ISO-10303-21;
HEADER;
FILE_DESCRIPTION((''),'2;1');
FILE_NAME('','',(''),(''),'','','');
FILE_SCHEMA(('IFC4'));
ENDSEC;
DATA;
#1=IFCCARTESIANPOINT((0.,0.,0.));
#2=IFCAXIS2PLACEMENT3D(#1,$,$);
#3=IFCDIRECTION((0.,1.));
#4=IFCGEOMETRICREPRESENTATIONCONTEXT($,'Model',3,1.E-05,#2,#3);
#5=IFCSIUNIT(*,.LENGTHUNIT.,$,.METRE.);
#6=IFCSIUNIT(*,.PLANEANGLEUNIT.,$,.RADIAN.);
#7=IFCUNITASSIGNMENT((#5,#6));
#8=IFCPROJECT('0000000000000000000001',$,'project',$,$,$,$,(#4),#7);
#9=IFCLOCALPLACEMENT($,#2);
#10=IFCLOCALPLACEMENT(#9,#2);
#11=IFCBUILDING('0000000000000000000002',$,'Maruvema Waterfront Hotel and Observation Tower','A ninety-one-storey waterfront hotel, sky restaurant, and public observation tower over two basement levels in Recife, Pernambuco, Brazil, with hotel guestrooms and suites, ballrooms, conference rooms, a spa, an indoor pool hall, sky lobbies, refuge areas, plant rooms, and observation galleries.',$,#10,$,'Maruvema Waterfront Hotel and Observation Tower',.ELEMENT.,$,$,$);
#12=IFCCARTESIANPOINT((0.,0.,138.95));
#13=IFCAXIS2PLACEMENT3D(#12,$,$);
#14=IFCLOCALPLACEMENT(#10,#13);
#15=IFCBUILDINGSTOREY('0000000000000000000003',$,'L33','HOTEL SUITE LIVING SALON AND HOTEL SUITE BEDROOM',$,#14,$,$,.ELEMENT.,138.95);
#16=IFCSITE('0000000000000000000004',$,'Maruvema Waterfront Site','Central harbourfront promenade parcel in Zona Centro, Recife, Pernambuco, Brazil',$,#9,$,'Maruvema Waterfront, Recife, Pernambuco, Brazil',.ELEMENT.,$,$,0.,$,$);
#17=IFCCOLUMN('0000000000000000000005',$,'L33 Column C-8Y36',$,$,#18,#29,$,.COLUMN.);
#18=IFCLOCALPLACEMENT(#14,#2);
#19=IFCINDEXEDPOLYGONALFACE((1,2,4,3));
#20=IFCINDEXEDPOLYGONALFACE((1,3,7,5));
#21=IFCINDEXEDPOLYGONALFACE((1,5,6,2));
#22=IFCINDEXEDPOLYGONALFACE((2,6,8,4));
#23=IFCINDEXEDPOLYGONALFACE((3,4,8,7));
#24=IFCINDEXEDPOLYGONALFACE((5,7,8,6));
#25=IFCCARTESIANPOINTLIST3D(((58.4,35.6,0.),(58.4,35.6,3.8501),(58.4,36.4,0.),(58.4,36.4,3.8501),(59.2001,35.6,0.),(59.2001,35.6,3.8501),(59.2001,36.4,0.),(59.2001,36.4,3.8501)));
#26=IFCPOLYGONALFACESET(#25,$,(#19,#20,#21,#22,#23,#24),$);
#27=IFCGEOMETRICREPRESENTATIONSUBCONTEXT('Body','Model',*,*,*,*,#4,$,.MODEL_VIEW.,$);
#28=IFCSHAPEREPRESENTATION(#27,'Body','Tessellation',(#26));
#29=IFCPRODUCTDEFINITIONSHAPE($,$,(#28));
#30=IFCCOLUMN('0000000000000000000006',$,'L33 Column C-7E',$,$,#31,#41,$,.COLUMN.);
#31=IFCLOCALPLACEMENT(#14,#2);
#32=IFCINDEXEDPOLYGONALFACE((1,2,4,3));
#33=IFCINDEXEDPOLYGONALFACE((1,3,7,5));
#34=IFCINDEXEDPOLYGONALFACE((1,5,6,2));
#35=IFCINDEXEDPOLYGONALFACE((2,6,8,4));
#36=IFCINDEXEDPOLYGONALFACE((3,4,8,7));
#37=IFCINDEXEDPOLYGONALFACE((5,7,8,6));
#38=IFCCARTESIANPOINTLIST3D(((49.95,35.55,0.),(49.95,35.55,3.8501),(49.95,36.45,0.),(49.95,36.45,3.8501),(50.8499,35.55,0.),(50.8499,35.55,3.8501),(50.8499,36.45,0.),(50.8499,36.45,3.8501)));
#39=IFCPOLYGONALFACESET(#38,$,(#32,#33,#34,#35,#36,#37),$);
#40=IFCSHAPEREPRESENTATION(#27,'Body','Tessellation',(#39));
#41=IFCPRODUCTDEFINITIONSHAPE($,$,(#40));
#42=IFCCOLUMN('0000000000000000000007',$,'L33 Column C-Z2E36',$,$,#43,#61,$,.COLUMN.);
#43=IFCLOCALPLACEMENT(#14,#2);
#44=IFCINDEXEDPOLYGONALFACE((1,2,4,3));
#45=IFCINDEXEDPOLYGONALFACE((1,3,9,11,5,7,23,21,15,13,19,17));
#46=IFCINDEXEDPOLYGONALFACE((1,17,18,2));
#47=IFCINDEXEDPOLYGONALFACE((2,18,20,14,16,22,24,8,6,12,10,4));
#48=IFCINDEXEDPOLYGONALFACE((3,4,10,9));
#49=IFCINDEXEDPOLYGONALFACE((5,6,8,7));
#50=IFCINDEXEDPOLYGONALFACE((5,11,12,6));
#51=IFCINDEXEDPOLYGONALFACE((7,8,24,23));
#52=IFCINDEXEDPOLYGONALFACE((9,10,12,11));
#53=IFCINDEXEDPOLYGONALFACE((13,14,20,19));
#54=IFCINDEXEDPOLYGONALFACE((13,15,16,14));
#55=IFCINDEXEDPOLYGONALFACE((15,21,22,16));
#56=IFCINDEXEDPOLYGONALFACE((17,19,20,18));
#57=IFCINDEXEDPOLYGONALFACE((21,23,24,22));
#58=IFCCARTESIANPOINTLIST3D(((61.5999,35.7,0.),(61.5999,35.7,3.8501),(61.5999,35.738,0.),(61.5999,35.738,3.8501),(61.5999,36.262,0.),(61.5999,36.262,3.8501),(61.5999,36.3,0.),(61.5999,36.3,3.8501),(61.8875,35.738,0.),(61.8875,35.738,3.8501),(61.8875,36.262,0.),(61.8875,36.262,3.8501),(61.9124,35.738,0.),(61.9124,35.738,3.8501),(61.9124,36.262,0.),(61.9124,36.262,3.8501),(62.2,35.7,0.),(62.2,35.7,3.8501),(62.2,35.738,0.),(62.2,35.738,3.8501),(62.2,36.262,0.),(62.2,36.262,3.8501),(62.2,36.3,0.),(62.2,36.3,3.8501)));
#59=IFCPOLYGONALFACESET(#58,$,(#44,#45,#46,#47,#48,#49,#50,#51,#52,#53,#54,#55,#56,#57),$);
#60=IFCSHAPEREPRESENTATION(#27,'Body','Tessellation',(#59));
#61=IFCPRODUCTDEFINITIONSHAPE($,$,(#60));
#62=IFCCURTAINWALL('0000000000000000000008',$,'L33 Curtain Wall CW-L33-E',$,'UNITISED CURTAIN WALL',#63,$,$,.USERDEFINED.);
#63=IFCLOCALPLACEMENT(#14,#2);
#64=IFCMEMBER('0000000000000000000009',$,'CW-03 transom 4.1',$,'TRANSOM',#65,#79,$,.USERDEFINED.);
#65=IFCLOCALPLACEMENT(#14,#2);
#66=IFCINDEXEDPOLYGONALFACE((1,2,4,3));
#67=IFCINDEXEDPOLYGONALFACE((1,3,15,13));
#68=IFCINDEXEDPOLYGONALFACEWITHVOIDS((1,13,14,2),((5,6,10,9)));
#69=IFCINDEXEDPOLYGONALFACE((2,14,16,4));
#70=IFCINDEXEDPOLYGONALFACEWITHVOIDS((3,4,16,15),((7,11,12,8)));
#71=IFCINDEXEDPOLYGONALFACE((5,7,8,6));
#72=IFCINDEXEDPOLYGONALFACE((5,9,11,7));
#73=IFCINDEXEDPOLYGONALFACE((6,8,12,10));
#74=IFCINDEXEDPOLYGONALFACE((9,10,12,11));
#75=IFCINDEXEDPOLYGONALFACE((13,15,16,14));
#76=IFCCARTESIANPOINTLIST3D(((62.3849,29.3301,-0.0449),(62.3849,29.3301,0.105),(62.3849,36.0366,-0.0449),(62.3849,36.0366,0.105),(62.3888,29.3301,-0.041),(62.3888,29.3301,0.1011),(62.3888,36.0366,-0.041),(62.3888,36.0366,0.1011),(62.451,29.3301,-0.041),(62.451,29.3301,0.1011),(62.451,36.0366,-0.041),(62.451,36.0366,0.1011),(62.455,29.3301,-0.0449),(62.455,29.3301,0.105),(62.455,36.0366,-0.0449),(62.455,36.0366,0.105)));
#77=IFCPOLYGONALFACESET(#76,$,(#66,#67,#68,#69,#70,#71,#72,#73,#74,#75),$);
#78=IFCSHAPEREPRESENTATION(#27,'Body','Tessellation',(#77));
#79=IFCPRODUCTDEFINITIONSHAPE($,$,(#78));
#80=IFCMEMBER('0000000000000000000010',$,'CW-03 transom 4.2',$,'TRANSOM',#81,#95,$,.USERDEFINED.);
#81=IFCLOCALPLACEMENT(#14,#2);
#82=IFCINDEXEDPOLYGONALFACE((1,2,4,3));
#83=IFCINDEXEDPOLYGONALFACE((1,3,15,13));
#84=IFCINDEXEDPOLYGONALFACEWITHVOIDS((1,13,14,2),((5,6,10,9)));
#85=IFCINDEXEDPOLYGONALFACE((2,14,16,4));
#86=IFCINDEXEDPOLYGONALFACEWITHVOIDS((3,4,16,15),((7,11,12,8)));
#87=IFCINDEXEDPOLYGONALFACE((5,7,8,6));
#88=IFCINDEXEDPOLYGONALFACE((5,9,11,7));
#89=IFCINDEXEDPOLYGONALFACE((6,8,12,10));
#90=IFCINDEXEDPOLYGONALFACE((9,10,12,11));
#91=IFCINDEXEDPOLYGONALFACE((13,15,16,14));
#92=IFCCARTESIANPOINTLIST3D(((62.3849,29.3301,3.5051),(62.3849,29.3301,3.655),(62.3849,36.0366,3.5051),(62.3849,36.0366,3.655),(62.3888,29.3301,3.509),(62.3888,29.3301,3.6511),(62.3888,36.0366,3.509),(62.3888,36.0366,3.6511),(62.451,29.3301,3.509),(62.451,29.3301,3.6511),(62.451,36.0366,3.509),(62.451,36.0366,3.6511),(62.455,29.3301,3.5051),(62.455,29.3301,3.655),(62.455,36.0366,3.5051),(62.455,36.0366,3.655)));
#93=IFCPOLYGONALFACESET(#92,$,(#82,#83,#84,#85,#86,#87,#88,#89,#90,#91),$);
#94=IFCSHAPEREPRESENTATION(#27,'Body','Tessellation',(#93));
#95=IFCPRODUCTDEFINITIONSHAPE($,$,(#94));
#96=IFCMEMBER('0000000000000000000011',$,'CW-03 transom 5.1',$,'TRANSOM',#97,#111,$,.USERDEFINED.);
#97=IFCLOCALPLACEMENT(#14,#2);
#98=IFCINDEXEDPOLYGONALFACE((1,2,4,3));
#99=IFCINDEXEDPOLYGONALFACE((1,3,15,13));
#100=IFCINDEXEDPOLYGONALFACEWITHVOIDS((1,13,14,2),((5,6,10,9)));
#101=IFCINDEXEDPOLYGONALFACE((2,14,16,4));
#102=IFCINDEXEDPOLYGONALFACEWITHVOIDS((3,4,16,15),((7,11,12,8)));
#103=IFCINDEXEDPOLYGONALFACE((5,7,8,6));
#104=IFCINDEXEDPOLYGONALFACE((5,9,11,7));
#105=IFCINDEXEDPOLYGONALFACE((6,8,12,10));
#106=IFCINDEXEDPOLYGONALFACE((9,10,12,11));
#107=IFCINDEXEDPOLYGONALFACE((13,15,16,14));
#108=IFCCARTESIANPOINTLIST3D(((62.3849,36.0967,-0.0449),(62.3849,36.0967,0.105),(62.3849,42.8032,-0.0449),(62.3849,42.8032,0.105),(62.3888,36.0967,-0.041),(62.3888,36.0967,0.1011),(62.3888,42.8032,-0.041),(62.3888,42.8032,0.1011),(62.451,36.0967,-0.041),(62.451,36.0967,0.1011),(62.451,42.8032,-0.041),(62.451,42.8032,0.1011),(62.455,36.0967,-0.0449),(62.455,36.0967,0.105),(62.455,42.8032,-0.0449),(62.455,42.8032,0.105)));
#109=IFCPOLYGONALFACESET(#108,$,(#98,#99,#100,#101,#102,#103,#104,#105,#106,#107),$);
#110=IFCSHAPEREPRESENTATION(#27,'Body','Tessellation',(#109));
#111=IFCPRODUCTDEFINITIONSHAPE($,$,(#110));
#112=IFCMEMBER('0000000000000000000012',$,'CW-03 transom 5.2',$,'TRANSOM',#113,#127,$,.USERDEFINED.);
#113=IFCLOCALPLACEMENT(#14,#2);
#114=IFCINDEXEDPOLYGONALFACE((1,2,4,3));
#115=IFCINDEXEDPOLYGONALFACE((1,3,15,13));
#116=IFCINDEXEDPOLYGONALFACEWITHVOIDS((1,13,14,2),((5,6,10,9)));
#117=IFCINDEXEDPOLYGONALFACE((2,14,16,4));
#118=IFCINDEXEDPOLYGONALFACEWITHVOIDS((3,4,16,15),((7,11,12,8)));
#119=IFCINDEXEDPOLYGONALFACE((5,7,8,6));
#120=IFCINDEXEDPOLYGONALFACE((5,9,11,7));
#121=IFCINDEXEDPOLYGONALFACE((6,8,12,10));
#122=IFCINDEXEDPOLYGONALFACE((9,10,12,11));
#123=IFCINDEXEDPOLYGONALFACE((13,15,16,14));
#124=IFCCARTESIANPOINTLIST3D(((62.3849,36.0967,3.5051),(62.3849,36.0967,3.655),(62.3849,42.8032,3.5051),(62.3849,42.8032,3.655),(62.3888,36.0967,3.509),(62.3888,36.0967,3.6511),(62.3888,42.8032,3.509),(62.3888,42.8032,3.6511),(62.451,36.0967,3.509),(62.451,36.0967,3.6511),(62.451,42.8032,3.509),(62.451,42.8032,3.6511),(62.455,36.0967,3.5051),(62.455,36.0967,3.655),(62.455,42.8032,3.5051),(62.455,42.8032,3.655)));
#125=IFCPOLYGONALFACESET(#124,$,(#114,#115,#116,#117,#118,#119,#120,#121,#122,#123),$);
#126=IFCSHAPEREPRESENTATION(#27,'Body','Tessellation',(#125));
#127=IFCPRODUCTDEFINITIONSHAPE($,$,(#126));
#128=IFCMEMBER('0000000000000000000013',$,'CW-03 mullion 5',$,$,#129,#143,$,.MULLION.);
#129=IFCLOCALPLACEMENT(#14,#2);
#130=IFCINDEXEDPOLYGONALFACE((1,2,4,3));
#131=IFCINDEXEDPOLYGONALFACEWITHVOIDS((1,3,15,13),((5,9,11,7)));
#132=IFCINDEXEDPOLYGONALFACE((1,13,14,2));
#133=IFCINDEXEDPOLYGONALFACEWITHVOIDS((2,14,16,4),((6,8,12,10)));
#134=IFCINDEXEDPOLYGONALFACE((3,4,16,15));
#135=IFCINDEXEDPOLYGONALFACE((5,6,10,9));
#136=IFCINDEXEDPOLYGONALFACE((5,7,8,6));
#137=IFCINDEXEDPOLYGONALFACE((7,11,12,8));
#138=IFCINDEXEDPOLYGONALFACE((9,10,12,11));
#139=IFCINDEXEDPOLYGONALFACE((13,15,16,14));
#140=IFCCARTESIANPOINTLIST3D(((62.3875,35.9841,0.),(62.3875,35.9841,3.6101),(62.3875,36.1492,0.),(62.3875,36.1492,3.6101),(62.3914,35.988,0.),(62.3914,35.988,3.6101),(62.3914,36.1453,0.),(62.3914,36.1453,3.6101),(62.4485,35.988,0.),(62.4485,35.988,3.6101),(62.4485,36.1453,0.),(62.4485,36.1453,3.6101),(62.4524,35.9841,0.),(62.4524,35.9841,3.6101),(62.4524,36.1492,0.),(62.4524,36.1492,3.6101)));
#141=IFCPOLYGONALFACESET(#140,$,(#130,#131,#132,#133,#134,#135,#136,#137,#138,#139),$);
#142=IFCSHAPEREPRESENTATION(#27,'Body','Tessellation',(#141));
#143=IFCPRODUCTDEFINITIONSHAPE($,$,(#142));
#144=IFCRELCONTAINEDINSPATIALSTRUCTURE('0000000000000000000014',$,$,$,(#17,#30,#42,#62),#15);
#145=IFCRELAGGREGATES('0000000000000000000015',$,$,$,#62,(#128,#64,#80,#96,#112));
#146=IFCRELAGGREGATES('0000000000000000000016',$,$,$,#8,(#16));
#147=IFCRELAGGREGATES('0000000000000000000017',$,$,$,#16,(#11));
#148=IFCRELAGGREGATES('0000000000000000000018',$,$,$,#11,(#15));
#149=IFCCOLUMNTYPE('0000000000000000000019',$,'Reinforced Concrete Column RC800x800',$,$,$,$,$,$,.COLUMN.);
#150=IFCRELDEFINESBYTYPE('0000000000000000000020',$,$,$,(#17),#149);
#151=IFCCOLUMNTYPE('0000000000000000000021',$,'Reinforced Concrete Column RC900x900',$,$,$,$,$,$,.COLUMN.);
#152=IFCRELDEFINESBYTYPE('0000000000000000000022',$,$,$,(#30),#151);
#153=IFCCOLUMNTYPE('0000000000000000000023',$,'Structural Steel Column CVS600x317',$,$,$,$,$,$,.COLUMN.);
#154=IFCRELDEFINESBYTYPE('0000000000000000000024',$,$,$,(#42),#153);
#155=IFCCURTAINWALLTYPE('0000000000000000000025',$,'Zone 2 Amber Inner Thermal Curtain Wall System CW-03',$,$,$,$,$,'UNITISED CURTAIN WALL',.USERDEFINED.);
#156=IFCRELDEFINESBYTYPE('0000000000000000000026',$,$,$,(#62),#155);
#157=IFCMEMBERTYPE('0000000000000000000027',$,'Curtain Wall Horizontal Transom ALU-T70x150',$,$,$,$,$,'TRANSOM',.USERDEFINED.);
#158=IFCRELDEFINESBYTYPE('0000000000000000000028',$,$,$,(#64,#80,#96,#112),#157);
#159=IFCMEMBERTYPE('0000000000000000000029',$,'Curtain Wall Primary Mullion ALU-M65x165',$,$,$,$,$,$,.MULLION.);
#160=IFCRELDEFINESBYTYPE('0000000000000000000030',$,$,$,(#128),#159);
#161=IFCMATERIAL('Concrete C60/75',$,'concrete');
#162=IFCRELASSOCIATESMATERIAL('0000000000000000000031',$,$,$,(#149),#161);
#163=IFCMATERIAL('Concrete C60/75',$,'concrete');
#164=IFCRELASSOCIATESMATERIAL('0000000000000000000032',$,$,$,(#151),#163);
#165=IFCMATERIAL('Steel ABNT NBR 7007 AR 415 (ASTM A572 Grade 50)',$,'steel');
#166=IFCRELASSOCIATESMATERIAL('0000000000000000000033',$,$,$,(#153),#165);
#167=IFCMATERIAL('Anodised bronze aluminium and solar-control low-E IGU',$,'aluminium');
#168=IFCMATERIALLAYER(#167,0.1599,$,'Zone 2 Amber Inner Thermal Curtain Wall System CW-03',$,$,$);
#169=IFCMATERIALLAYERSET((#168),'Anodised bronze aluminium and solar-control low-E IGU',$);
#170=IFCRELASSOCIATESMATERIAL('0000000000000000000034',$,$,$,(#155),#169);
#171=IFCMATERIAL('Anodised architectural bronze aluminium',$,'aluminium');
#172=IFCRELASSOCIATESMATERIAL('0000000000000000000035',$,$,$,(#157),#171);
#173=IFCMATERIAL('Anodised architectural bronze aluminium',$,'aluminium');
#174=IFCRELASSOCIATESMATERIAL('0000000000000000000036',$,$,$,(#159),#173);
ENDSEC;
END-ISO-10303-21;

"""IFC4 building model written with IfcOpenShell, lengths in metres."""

from ifc_helpers import new_model, si_unit, direction, frame, origin, origin_2d, place, context, subcontext, project, spatial, rectangle, hollow_rectangle, i_section, extrude, material, layer, layer_set, material_profile, profile_set, type_object, element, aggregate, save


model = new_model("IFC4")

# Units and contexts
model_context = context("Model", 3, precision=1e-05, world=origin(), true_north=direction((0.0, 1.0)))
body_context = subcontext(model_context, "Body", "Model", "MODEL_VIEW")
ifc_project = project(units=[si_unit("LENGTHUNIT", "METRE"), si_unit("PLANEANGLEUNIT", "RADIAN")], contexts=[model_context])

# Site, building, storey
site_placement = place(None, origin())
site = spatial("IfcSite", under=ifc_project, at=site_placement, Name="Maruvema Waterfront Site", Description="Central harbourfront promenade parcel in Zona Centro, Recife, Pernambuco, Brazil", LongName="Maruvema Waterfront, Recife, Pernambuco, Brazil", CompositionType="ELEMENT", RefElevation=0.0)
building_placement = place(site_placement, origin())
building = spatial("IfcBuilding", under=site, at=building_placement, Name="Maruvema Waterfront Hotel and Observation Tower", Description="A ninety-one-storey waterfront hotel, sky restaurant, and public observation tower over two basement levels in Recife, Pernambuco, Brazil, with hotel guestrooms and suites, ballrooms, conference rooms, a spa, an indoor pool hall, sky lobbies, refuge areas, plant rooms, and observation galleries.", LongName="Maruvema Waterfront Hotel and Observation Tower", CompositionType="ELEMENT")
storey_placement = place(building_placement, frame((0.0, 0.0, 138.95)))
storey = spatial("IfcBuildingStorey", under=building, at=storey_placement, Name="L33", Description="HOTEL SUITE LIVING SALON AND HOTEL SUITE BEDROOM", CompositionType="ELEMENT", Elevation=138.95)

# Columns
ifc_material_1 = material(Name="Concrete C60/75", Category="concrete")
ifc_material_profile_1 = material_profile(ifc_material_1, rectangle(XDim=0.8, YDim=0.8, at=origin_2d()), Name="RC800x800")
ifc_profile_set_1 = profile_set([ifc_material_profile_1], Name="Concrete C60/75")
column_type_1 = type_object("IfcColumnType", Name="Reinforced Concrete Column RC800x800", PredefinedType="COLUMN", material=ifc_profile_set_1)
column_1_placement = place(storey_placement, frame((58.8, 36.0, 0.0), z_axis=(0.0, 0.0, 1.0), x_axis=(1.0, 0.0, 0.0)))
element("IfcColumn", 1, at=column_1_placement, inside=storey, type_object=column_type_1, Name="L33 Column C-8Y36", PredefinedType="COLUMN", context=body_context, shape_type="SweptSolid", body=[
    extrude(rectangle(XDim=0.8, YDim=0.8, at=origin_2d()), origin(), (0.0, 0.0, 1.0), 3.8501),
])
ifc_material_2 = material(Name="Concrete C60/75", Category="concrete")
ifc_material_profile_2 = material_profile(ifc_material_2, rectangle(XDim=0.8999, YDim=0.8999, at=origin_2d()), Name="RC900x900")
ifc_profile_set_2 = profile_set([ifc_material_profile_2], Name="Concrete C60/75")
column_type_2 = type_object("IfcColumnType", Name="Reinforced Concrete Column RC900x900", PredefinedType="COLUMN", material=ifc_profile_set_2)
column_2_placement = place(storey_placement, frame((50.3999, 36.0, 0.0), z_axis=(0.0, 0.0, 1.0), x_axis=(1.0, 0.0, 0.0)))
element("IfcColumn", 2, at=column_2_placement, inside=storey, type_object=column_type_2, Name="L33 Column C-7E", PredefinedType="COLUMN", context=body_context, shape_type="SweptSolid", body=[
    extrude(rectangle(XDim=0.8999, YDim=0.8999, at=origin_2d()), origin(), (0.0, 0.0, 1.0), 3.8501),
])
ifc_material_3 = material(Name="Steel ABNT NBR 7007 AR 415 (ASTM A572 Grade 50)", Category="steel")
ifc_material_profile_3 = material_profile(ifc_material_3, i_section(OverallWidth=0.6001, OverallDepth=0.6001, WebThickness=0.0249, FlangeThickness=0.0381, at=origin_2d()), Name="CVS600x317")
ifc_profile_set_3 = profile_set([ifc_material_profile_3], Name="Steel ABNT NBR 7007 AR 415 (ASTM A572 Grade 50)")
column_type_3 = type_object("IfcColumnType", Name="Structural Steel Column CVS600x317", PredefinedType="COLUMN", material=ifc_profile_set_3)
column_3_placement = place(storey_placement, frame((61.8999, 36.0, 0.0), z_axis=(0.0, 0.0, 1.0), x_axis=(1.0, 0.0, 0.0)))
element("IfcColumn", 3, at=column_3_placement, inside=storey, type_object=column_type_3, Name="L33 Column C-Z2E36", PredefinedType="COLUMN", context=body_context, shape_type="SweptSolid", body=[
    extrude(i_section(OverallWidth=0.6001, OverallDepth=0.6001, WebThickness=0.0249, FlangeThickness=0.0381, at=origin_2d()), origin(), (0.0, 0.0, 1.0), 3.8501),
])

# Curtain wall, members
ifc_material_4 = material(Name="Anodised bronze aluminium and solar-control low-E IGU", Category="aluminium")
ifc_layer_1 = layer(ifc_material_4, 0.1599, Name="Zone 2 Amber Inner Thermal Curtain Wall System CW-03")
ifc_layer_set_1 = layer_set([ifc_layer_1], Name="Anodised bronze aluminium and solar-control low-E IGU")
curtain_wall_type = type_object("IfcCurtainWallType", Name="Zone 2 Amber Inner Thermal Curtain Wall System CW-03", ElementType="UNITISED CURTAIN WALL", PredefinedType="USERDEFINED", material=ifc_layer_set_1)
curtain_wall_placement = place(storey_placement, origin())
curtain_wall = element("IfcCurtainWall", 4, at=curtain_wall_placement, inside=storey, type_object=curtain_wall_type, Name="L33 Curtain Wall CW-L33-E", ObjectType="UNITISED CURTAIN WALL", PredefinedType="USERDEFINED")
ifc_material_5 = material(Name="Anodised architectural bronze aluminium", Category="aluminium")
ifc_material_profile_4 = material_profile(ifc_material_5, hollow_rectangle(XDim=0.0701, YDim=0.1499, WallThickness=0.0039, at=origin_2d()), Name="ALU-T70x150")
ifc_profile_set_4 = profile_set([ifc_material_profile_4], Name="Anodised architectural bronze aluminium")
member_type_1 = type_object("IfcMemberType", Name="Curtain Wall Horizontal Transom ALU-T70x150", ElementType="TRANSOM", PredefinedType="USERDEFINED", material=ifc_profile_set_4)
member_1_placement = place(storey_placement, frame((62.4199, 29.3301, 0.03), z_axis=(0.0, 1.0, 0.0), x_axis=(-1.0, 0.0, 0.0)))
member_1 = element("IfcMember", 5, at=member_1_placement, type_object=member_type_1, Name="CW-03 transom 4.1", ObjectType="TRANSOM", PredefinedType="USERDEFINED", context=body_context, shape_type="SweptSolid", body=[
    extrude(hollow_rectangle(XDim=0.0701, YDim=0.1499, WallThickness=0.0039, at=origin_2d()), origin(), (0.0, 0.0, 1.0), 6.7065),
])
member_2_placement = place(storey_placement, frame((62.4199, 29.3301, 3.5801), z_axis=(0.0, 1.0, 0.0), x_axis=(-1.0, 0.0, 0.0)))
member_2 = element("IfcMember", 6, at=member_2_placement, type_object=member_type_1, Name="CW-03 transom 4.2", ObjectType="TRANSOM", PredefinedType="USERDEFINED", context=body_context, shape_type="SweptSolid", body=[
    extrude(hollow_rectangle(XDim=0.0701, YDim=0.1499, WallThickness=0.0039, at=origin_2d()), origin(), (0.0, 0.0, 1.0), 6.7065),
])
member_3_placement = place(storey_placement, frame((62.4199, 36.0967, 0.03), z_axis=(0.0, 1.0, 0.0), x_axis=(-1.0, 0.0, 0.0)))
member_3 = element("IfcMember", 7, at=member_3_placement, type_object=member_type_1, Name="CW-03 transom 5.1", ObjectType="TRANSOM", PredefinedType="USERDEFINED", context=body_context, shape_type="SweptSolid", body=[
    extrude(hollow_rectangle(XDim=0.0701, YDim=0.1499, WallThickness=0.0039, at=origin_2d()), origin(), (0.0, 0.0, 1.0), 6.7065),
])
member_4_placement = place(storey_placement, frame((62.4199, 36.0967, 3.5801), z_axis=(0.0, 1.0, 0.0), x_axis=(-1.0, 0.0, 0.0)))
member_4 = element("IfcMember", 8, at=member_4_placement, type_object=member_type_1, Name="CW-03 transom 5.2", ObjectType="TRANSOM", PredefinedType="USERDEFINED", context=body_context, shape_type="SweptSolid", body=[
    extrude(hollow_rectangle(XDim=0.0701, YDim=0.1499, WallThickness=0.0039, at=origin_2d()), origin(), (0.0, 0.0, 1.0), 6.7065),
])
ifc_material_6 = material(Name="Anodised architectural bronze aluminium", Category="aluminium")
ifc_material_profile_5 = material_profile(ifc_material_6, hollow_rectangle(XDim=0.0649, YDim=0.165, WallThickness=0.0039, at=origin_2d()), Name="ALU-M65x165")
ifc_profile_set_5 = profile_set([ifc_material_profile_5], Name="Anodised architectural bronze aluminium")
member_type_2 = type_object("IfcMemberType", Name="Curtain Wall Primary Mullion ALU-M65x165", PredefinedType="MULLION", material=ifc_profile_set_5)
member_5_placement = place(storey_placement, frame((62.4199, 36.0667, 0.0), z_axis=(0.0, 0.0, 1.0), x_axis=(-1.0, 0.0, 0.0)))
member_5 = element("IfcMember", 9, at=member_5_placement, type_object=member_type_2, Name="CW-03 mullion 5", PredefinedType="MULLION", context=body_context, shape_type="SweptSolid", body=[
    extrude(hollow_rectangle(XDim=0.0649, YDim=0.165, WallThickness=0.0039, at=origin_2d()), origin(), (0.0, 0.0, 1.0), 3.6101),
])

aggregate(curtain_wall, [member_5, member_1, member_2, member_3, member_4])

save(model, "model.ifc")
